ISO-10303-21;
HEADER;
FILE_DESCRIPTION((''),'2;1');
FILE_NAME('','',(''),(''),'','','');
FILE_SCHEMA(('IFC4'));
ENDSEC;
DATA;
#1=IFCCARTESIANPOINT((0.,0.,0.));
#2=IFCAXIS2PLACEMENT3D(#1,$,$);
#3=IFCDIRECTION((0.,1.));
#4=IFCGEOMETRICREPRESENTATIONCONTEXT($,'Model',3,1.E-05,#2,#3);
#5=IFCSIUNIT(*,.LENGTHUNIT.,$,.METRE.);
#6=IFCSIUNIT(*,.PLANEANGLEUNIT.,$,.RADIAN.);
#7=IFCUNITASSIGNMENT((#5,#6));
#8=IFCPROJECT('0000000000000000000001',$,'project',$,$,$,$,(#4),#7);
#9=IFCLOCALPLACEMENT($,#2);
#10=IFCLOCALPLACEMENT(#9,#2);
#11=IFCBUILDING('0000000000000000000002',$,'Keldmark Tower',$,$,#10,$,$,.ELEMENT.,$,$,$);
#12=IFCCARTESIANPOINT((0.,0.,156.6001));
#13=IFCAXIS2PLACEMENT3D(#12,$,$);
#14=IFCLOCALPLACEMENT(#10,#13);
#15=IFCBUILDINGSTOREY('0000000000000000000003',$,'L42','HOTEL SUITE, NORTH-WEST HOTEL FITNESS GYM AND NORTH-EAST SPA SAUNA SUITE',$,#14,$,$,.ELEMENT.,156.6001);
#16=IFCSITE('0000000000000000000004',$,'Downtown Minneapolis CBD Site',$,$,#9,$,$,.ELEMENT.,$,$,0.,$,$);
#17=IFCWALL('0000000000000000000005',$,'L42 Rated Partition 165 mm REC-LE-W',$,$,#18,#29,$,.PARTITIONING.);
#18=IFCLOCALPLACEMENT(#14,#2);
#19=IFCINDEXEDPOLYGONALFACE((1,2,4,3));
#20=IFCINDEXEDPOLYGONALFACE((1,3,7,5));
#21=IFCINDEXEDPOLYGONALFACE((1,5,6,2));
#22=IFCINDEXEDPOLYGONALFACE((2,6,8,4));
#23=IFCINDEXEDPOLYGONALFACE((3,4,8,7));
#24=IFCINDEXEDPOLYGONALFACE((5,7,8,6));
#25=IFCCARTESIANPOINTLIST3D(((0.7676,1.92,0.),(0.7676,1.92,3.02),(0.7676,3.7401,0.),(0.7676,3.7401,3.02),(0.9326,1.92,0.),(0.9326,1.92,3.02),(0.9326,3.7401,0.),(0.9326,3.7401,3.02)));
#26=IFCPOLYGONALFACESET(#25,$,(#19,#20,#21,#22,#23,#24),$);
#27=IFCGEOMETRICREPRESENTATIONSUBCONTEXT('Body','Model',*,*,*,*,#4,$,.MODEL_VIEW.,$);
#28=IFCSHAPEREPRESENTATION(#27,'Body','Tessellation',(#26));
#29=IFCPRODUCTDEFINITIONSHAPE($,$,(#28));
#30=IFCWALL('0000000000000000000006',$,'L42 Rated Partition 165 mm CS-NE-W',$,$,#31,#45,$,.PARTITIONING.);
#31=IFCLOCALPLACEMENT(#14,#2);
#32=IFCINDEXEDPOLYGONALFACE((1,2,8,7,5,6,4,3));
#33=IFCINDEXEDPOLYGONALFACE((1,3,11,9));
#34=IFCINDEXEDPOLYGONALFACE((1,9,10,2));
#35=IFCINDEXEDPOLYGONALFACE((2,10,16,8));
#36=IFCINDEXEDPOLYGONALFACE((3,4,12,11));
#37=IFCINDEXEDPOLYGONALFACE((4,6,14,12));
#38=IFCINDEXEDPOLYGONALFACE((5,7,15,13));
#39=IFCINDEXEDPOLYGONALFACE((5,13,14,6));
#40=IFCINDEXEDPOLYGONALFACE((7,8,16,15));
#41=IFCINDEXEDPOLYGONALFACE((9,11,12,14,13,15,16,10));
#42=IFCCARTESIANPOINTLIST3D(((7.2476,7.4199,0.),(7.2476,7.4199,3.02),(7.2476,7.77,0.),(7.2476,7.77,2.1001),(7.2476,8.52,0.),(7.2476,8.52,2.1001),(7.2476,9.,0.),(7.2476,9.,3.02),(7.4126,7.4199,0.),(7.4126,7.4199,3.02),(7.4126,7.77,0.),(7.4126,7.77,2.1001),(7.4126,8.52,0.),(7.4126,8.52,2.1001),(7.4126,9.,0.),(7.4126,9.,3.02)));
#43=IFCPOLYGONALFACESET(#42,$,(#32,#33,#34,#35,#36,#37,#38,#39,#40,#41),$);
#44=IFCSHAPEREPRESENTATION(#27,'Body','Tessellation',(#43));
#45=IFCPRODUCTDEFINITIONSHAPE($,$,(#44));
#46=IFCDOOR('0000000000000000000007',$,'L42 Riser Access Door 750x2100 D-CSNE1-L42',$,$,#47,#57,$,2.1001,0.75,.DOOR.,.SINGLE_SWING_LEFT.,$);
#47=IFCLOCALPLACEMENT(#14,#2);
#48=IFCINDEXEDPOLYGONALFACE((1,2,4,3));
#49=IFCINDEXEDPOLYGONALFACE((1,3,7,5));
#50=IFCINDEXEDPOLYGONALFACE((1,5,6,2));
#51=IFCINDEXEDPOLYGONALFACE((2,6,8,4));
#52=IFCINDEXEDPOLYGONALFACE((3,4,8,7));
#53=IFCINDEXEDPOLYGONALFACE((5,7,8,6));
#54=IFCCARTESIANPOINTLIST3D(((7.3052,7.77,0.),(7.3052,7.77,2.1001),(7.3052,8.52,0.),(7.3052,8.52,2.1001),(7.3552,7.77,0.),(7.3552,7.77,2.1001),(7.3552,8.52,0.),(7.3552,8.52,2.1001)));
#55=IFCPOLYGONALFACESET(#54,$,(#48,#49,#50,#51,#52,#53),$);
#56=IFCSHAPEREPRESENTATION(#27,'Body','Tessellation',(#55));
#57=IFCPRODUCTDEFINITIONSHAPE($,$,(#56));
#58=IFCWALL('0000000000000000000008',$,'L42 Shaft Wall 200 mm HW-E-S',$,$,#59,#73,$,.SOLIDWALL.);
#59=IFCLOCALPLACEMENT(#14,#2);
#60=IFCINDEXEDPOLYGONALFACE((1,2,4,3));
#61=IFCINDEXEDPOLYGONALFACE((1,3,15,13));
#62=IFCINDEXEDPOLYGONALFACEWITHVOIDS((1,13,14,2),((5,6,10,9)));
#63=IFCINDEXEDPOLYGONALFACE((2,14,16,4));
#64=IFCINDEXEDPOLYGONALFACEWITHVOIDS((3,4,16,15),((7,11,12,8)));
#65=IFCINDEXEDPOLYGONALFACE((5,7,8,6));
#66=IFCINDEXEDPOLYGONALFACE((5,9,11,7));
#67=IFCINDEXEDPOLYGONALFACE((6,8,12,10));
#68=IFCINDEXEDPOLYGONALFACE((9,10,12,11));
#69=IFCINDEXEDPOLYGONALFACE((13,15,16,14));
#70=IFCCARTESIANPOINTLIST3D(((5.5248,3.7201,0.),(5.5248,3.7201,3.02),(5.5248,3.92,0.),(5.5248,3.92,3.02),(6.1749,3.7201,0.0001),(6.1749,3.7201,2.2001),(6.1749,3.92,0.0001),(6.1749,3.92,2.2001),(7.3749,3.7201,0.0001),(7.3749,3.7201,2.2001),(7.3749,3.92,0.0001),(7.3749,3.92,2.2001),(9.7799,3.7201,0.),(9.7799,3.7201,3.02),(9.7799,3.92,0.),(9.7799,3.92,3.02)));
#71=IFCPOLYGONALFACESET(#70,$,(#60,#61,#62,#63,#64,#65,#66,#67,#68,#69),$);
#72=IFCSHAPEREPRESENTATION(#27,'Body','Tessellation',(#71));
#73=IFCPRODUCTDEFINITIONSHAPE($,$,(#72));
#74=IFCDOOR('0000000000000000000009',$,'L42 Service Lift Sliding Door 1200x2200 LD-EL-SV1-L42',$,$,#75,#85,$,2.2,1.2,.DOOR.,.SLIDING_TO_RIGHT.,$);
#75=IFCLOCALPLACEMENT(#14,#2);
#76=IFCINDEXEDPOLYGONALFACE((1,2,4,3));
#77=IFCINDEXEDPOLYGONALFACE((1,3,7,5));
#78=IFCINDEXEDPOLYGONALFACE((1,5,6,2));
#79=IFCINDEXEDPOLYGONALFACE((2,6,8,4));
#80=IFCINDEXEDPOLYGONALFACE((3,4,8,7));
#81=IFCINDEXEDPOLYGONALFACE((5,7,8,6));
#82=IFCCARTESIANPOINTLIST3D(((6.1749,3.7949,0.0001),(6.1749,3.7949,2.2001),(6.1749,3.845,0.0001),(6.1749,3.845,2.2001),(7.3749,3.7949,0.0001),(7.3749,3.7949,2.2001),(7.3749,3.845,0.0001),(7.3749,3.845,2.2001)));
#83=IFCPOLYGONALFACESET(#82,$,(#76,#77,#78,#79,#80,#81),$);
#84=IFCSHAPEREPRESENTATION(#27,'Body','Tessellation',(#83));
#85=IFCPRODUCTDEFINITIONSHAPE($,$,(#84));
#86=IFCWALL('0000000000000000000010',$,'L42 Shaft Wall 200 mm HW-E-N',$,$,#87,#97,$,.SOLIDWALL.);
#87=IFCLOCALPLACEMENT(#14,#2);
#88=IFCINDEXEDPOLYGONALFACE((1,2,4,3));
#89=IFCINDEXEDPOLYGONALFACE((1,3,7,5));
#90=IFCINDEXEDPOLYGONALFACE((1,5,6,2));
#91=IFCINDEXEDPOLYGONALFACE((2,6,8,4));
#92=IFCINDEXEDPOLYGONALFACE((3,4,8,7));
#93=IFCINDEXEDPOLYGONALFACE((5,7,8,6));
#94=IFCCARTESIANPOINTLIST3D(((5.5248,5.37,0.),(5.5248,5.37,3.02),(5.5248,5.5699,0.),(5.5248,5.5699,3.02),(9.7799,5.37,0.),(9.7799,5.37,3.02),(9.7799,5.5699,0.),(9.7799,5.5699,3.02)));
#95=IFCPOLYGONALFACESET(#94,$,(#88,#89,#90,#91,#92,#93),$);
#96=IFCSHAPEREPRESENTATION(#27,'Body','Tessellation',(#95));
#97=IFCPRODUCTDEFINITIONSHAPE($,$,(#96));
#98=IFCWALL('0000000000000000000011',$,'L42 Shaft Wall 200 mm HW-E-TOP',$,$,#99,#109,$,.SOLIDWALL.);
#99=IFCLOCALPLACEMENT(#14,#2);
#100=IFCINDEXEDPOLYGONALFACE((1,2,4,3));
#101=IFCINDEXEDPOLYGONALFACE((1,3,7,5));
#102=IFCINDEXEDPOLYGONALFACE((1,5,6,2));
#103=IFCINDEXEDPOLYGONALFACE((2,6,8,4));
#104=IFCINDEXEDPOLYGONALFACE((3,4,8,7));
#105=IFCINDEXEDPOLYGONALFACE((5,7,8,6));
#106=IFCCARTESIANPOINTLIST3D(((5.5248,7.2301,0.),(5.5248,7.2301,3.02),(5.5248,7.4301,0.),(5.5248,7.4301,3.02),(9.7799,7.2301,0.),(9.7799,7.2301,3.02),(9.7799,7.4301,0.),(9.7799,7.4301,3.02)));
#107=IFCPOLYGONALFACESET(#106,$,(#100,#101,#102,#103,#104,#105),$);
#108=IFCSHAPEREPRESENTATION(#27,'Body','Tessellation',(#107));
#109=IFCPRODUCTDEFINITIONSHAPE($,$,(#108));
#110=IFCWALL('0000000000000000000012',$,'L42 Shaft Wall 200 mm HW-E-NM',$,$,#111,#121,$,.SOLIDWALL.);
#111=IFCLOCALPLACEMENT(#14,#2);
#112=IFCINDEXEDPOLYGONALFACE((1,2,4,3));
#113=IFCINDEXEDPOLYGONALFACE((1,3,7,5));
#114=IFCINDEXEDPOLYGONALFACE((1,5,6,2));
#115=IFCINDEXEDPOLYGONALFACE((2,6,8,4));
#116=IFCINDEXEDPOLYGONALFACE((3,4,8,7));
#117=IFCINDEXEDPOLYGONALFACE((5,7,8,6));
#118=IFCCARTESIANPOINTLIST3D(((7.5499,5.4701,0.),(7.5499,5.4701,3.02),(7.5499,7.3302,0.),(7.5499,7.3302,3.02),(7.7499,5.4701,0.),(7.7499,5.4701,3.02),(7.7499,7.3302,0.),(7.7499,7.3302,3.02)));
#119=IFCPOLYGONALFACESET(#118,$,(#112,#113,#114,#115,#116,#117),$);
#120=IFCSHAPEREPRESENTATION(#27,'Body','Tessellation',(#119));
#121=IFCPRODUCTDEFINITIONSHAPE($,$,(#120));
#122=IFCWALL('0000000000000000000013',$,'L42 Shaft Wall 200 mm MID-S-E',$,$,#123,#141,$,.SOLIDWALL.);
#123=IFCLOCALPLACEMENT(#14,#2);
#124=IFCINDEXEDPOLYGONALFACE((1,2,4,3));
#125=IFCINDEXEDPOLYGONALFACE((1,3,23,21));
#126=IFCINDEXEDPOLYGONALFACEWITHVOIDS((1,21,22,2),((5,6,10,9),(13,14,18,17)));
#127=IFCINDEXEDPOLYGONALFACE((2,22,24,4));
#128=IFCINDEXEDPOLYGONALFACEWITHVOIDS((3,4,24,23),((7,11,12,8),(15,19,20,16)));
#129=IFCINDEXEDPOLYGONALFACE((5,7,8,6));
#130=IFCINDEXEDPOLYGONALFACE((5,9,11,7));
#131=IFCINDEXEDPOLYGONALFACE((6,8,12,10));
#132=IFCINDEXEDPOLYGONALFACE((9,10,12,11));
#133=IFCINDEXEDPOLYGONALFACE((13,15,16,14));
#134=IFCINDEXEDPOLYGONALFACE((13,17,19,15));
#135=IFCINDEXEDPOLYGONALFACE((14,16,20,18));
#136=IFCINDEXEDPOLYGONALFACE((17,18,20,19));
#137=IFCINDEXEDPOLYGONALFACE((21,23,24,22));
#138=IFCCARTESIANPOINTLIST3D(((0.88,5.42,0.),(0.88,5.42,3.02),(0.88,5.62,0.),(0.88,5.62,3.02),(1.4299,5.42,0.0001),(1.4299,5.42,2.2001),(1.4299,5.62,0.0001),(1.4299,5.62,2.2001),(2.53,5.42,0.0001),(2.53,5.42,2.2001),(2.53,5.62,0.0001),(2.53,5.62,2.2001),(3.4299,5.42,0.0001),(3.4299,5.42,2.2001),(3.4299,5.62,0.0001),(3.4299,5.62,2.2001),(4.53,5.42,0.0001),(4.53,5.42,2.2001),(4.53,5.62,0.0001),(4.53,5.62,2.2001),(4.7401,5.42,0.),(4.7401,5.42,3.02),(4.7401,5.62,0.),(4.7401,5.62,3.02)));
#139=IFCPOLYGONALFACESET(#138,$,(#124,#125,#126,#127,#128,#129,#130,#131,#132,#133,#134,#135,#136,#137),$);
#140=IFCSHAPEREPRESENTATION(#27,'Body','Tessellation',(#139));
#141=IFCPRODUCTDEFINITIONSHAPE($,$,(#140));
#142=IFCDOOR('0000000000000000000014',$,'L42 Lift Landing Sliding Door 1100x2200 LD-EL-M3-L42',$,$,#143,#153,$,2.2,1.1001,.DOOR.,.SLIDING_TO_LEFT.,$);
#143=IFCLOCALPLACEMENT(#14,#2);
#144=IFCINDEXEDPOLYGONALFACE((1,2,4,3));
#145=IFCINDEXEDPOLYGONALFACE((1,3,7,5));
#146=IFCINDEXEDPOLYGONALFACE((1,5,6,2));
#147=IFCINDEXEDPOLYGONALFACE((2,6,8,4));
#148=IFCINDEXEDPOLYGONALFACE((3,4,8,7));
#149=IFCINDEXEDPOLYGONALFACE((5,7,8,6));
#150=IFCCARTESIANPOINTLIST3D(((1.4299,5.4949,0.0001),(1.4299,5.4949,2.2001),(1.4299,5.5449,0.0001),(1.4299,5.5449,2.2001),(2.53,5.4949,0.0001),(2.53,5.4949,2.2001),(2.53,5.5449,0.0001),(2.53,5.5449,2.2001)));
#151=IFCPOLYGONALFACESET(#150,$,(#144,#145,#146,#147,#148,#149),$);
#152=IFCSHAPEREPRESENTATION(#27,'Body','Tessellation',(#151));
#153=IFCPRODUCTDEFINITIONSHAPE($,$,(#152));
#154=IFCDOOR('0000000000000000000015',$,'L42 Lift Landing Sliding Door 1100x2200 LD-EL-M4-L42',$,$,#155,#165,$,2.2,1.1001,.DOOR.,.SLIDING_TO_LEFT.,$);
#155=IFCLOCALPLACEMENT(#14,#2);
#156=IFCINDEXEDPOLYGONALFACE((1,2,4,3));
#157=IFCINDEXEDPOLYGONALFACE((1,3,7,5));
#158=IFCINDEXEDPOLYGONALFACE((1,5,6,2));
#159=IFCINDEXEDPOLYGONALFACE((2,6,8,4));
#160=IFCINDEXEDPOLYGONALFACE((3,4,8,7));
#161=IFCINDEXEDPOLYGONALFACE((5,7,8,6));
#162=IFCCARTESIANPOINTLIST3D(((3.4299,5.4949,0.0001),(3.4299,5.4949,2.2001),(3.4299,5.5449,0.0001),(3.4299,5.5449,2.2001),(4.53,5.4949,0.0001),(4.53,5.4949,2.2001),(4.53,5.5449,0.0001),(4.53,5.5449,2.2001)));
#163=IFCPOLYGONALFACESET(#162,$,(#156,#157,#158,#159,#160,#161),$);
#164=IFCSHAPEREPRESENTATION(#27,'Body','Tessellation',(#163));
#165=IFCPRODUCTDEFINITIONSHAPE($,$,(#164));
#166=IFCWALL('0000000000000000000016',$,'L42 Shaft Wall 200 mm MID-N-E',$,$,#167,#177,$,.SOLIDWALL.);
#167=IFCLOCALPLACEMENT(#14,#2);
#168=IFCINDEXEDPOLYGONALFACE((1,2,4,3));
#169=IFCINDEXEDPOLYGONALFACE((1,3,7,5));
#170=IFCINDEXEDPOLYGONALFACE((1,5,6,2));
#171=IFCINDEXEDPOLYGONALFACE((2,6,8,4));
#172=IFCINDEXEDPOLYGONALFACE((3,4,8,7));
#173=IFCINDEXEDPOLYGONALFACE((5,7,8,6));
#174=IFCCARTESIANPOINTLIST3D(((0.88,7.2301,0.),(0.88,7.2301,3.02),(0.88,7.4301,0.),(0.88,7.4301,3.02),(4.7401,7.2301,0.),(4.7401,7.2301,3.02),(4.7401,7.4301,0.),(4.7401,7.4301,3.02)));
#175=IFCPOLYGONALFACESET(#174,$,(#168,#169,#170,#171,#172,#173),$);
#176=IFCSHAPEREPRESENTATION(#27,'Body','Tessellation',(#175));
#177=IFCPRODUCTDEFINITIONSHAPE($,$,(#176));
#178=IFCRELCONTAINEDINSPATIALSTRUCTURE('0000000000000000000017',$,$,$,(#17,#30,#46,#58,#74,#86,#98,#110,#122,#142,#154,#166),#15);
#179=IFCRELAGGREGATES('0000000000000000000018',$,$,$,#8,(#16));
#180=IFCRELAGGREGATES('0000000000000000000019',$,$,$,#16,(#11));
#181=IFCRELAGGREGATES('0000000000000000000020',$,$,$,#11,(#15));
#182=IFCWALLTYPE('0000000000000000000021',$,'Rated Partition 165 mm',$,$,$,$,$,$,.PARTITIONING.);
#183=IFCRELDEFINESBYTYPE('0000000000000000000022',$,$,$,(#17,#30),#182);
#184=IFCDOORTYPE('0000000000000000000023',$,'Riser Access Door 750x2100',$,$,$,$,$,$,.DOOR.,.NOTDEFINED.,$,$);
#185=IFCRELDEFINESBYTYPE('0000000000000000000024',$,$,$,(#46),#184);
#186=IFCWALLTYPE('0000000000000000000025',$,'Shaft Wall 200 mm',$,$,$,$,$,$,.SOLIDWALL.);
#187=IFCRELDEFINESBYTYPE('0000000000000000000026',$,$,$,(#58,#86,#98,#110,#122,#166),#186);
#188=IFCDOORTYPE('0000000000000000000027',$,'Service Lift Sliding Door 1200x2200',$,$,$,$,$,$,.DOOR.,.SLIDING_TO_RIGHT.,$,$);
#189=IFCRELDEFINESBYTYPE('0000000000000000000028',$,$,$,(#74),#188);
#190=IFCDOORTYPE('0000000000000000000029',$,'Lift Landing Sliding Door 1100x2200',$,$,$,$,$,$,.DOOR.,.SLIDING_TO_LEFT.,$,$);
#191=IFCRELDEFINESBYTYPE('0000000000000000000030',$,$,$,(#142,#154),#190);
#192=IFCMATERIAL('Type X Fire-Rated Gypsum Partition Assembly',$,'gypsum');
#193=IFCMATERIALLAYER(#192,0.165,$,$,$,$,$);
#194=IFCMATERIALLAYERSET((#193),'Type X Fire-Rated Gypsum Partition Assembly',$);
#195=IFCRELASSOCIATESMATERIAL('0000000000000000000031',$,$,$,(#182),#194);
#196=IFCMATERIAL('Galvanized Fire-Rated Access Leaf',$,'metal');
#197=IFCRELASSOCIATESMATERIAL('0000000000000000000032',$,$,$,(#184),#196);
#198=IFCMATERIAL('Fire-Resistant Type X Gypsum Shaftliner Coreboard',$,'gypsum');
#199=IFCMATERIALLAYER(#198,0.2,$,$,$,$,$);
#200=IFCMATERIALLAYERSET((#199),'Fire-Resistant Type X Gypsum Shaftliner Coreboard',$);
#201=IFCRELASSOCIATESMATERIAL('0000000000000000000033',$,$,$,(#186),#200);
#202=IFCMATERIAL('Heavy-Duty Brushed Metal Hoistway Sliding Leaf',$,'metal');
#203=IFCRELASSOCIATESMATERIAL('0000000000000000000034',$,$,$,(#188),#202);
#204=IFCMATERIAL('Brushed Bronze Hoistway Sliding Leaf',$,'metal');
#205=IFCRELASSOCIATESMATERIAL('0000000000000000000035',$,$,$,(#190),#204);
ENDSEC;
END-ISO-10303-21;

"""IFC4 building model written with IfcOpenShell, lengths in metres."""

from ifc_helpers import new_model, si_unit, direction, frame, frame_2d, origin, place, context, subcontext, project, spatial, rectangle, extrude, material, layer, layer_set, type_object, element, fill, save


model = new_model("IFC4")

# Units and contexts
model_context = context("Model", 3, precision=1e-05, world=origin(), true_north=direction((0.0, 1.0)))
body_context = subcontext(model_context, "Body", "Model", "MODEL_VIEW")
ifc_project = project(units=[si_unit("LENGTHUNIT", "METRE"), si_unit("PLANEANGLEUNIT", "RADIAN")], contexts=[model_context])

# Site, building, storey
site_placement = place(None, origin())
site = spatial("IfcSite", under=ifc_project, at=site_placement, Name="Downtown Minneapolis CBD Site", CompositionType="ELEMENT", RefElevation=0.0)
building_placement = place(site_placement, origin())
building = spatial("IfcBuilding", under=site, at=building_placement, Name="Keldmark Tower", CompositionType="ELEMENT")
storey_placement = place(building_placement, frame((0.0, 0.0, 156.6001)))
storey = spatial("IfcBuildingStorey", under=building, at=storey_placement, Name="L42", Description="HOTEL SUITE, NORTH-WEST HOTEL FITNESS GYM AND NORTH-EAST SPA SAUNA SUITE", CompositionType="ELEMENT", Elevation=156.6001)

# Shared definitions
ifc_material_1 = material(Name="Type X Fire-Rated Gypsum Partition Assembly", Category="gypsum")
ifc_layer_1 = layer(ifc_material_1, 0.165)
ifc_layer_set_1 = layer_set([ifc_layer_1], Name="Type X Fire-Rated Gypsum Partition Assembly")
wall_type_1 = type_object("IfcWallType", Name="Rated Partition 165 mm", PredefinedType="PARTITIONING", material=ifc_layer_set_1)

# Wall
wall_1_placement = place(storey_placement, frame((0.8501, 1.9199, 0.0), z_axis=(0.0, 0.0, 1.0), x_axis=(0.0, 1.0, 0.0)))
element("IfcWall", 1, at=wall_1_placement, inside=storey, type_object=wall_type_1, Name="L42 Rated Partition 165 mm REC-LE-W", PredefinedType="PARTITIONING", context=body_context, shape_type="SweptSolid", body=[
    extrude(rectangle(XDim=1.8201, YDim=0.165, at=frame_2d((0.9102, 0.0))), origin(), (0.0, 0.0, 1.0), 3.02),
])

# Walls, openings, doors
wall_2_placement = place(storey_placement, frame((7.3301, 7.4199, 0.0), z_axis=(0.0, 0.0, 1.0), x_axis=(0.0, 1.0, 0.0)))
wall_2 = element("IfcWall", 2, at=wall_2_placement, inside=storey, type_object=wall_type_1, Name="L42 Rated Partition 165 mm CS-NE-W", PredefinedType="PARTITIONING", context=body_context, shape_type="SweptSolid", body=[
    extrude(rectangle(XDim=1.5801, YDim=0.165, at=frame_2d((0.79, 0.0))), origin(), (0.0, 0.0, 1.0), 3.02),
])
opening_1_placement = place(wall_2_placement, frame((0.3501, 0.0, 0.0)))
opening_1 = element("IfcOpeningElement", 3, at=opening_1_placement, cuts=wall_2, PredefinedType="OPENING", context=body_context, shape_type="SweptSolid", body=[
    extrude(rectangle(XDim=0.75, YDim=2.1001, at=frame_2d((0.375, 1.05))), frame((0.0, 0.0925, 0.0), z_axis=(0.0, -1.0, 0.0), x_axis=(1.0, 0.0, 0.0)), (0.0, 0.0, 1.0), 0.1851),
])
ifc_material_2 = material(Name="Galvanized Fire-Rated Access Leaf", Category="metal")
door_type_1 = type_object("IfcDoorType", Name="Riser Access Door 750x2100", OperationType="NOTDEFINED", PredefinedType="DOOR", material=ifc_material_2)
door_1_placement = place(opening_1_placement, origin())
door_1 = element("IfcDoor", 4, at=door_1_placement, inside=storey, type_object=door_type_1, Name="L42 Riser Access Door 750x2100 D-CSNE1-L42", OperationType="SINGLE_SWING_LEFT", OverallHeight=2.1001, OverallWidth=0.75, PredefinedType="DOOR", context=body_context, shape_type="SweptSolid", body=[
    extrude(rectangle(XDim=0.75, YDim=2.1001, at=frame_2d((0.375, 1.05))), frame((0.0, 0.0249, 0.0), z_axis=(0.0, -1.0, 0.0), x_axis=(1.0, 0.0, 0.0)), (0.0, 0.0, 1.0), 0.05),
])
fill(opening_1, door_1)
ifc_material_3 = material(Name="Fire-Resistant Type X Gypsum Shaftliner Coreboard", Category="gypsum")
ifc_layer_2 = layer(ifc_material_3, 0.2)
ifc_layer_set_2 = layer_set([ifc_layer_2], Name="Fire-Resistant Type X Gypsum Shaftliner Coreboard")
wall_type_2 = type_object("IfcWallType", Name="Shaft Wall 200 mm", PredefinedType="SOLIDWALL", material=ifc_layer_set_2)
wall_3_placement = place(storey_placement, frame((5.5249, 3.8201, 0.0), z_axis=(0.0, 0.0, 1.0), x_axis=(1.0, 0.0, 0.0)))
wall_3 = element("IfcWall", 5, at=wall_3_placement, inside=storey, type_object=wall_type_2, Name="L42 Shaft Wall 200 mm HW-E-S", PredefinedType="SOLIDWALL", context=body_context, shape_type="SweptSolid", body=[
    extrude(rectangle(XDim=4.2551, YDim=0.2, at=frame_2d((2.1274, 0.0))), origin(), (0.0, 0.0, 1.0), 3.02),
])
opening_2_placement = place(wall_3_placement, frame((0.6499, 0.0, 0.0)))
opening_2 = element("IfcOpeningElement", 6, at=opening_2_placement, cuts=wall_3, PredefinedType="OPENING", context=body_context, shape_type="SweptSolid", body=[
    extrude(rectangle(XDim=1.2, YDim=2.2, at=frame_2d((0.6001, 1.1001))), frame((0.0, 0.1099, 0.0), z_axis=(0.0, -1.0, 0.0), x_axis=(1.0, 0.0, 0.0)), (0.0, 0.0, 1.0), 0.22),
])
ifc_material_4 = material(Name="Heavy-Duty Brushed Metal Hoistway Sliding Leaf", Category="metal")
door_type_2 = type_object("IfcDoorType", Name="Service Lift Sliding Door 1200x2200", OperationType="SLIDING_TO_RIGHT", PredefinedType="DOOR", material=ifc_material_4)
door_2_placement = place(opening_2_placement, origin())
door_2 = element("IfcDoor", 7, at=door_2_placement, inside=storey, type_object=door_type_2, Name="L42 Service Lift Sliding Door 1200x2200 LD-EL-SV1-L42", OperationType="SLIDING_TO_RIGHT", OverallHeight=2.2, OverallWidth=1.2, PredefinedType="DOOR", context=body_context, shape_type="SweptSolid", body=[
    extrude(rectangle(XDim=1.2, YDim=2.2, at=frame_2d((0.6001, 1.1001))), frame((0.0, 0.0249, 0.0), z_axis=(0.0, -1.0, 0.0), x_axis=(1.0, 0.0, 0.0)), (0.0, 0.0, 1.0), 0.05),
])
fill(opening_2, door_2)

# Walls
for number, where, z_axis, x_axis, name in (
    (8, (5.5249, 5.47, 0.0), (0.0, 0.0, 1.0), (1.0, 0.0, 0.0), "L42 Shaft Wall 200 mm HW-E-N"),
    (9, (5.5249, 7.3301, 0.0), (0.0, 0.0, 1.0), (1.0, 0.0, 0.0), "L42 Shaft Wall 200 mm HW-E-TOP"),
):
    element("IfcWall", number, at=place(storey_placement, frame(where, z_axis=z_axis, x_axis=x_axis)), inside=storey, type_object=wall_type_2, Name=name, PredefinedType="SOLIDWALL", context=body_context, shape_type="SweptSolid", body=[
        extrude(rectangle(XDim=4.2551, YDim=0.2, at=frame_2d((2.1274, 0.0))), origin(), (0.0, 0.0, 1.0), 3.02),
    ])
wall_4_placement = place(storey_placement, frame((7.6499, 5.47, 0.0), z_axis=(0.0, 0.0, 1.0), x_axis=(0.0, 1.0, 0.0)))
element("IfcWall", 10, at=wall_4_placement, inside=storey, type_object=wall_type_2, Name="L42 Shaft Wall 200 mm HW-E-NM", PredefinedType="SOLIDWALL", context=body_context, shape_type="SweptSolid", body=[
    extrude(rectangle(XDim=1.8601, YDim=0.2, at=frame_2d((0.9302, 0.0))), origin(), (0.0, 0.0, 1.0), 3.02),
])

# Wall, openings, doors
wall_5_placement = place(storey_placement, frame((0.8799, 5.52, 0.0), z_axis=(0.0, 0.0, 1.0), x_axis=(1.0, 0.0, 0.0)))
wall_5 = element("IfcWall", 11, at=wall_5_placement, inside=storey, type_object=wall_type_2, Name="L42 Shaft Wall 200 mm MID-S-E", PredefinedType="SOLIDWALL", context=body_context, shape_type="SweptSolid", body=[
    extrude(rectangle(XDim=3.8601, YDim=0.2, at=frame_2d((1.9302, 0.0))), origin(), (0.0, 0.0, 1.0), 3.02),
])
opening_3_placement = place(wall_5_placement, frame((0.55, 0.0, 0.0)))
opening_3 = element("IfcOpeningElement", 12, at=opening_3_placement, cuts=wall_5, PredefinedType="OPENING", context=body_context, shape_type="SweptSolid", body=[
    extrude(rectangle(XDim=1.1001, YDim=2.2, at=frame_2d((0.55, 1.1001))), frame((0.0, 0.1099, 0.0), z_axis=(0.0, -1.0, 0.0), x_axis=(1.0, 0.0, 0.0)), (0.0, 0.0, 1.0), 0.22),
])
opening_4_placement = place(wall_5_placement, frame((2.55, 0.0, 0.0)))
opening_4 = element("IfcOpeningElement", 13, at=opening_4_placement, cuts=wall_5, PredefinedType="OPENING", context=body_context, shape_type="SweptSolid", body=[
    extrude(rectangle(XDim=1.1001, YDim=2.2, at=frame_2d((0.55, 1.1001))), frame((0.0, 0.1099, 0.0), z_axis=(0.0, -1.0, 0.0), x_axis=(1.0, 0.0, 0.0)), (0.0, 0.0, 1.0), 0.22),
])
ifc_material_5 = material(Name="Brushed Bronze Hoistway Sliding Leaf", Category="metal")
door_type_3 = type_object("IfcDoorType", Name="Lift Landing Sliding Door 1100x2200", OperationType="SLIDING_TO_LEFT", PredefinedType="DOOR", material=ifc_material_5)
door_3_placement = place(opening_3_placement, origin())
door_3 = element("IfcDoor", 14, at=door_3_placement, inside=storey, type_object=door_type_3, Name="L42 Lift Landing Sliding Door 1100x2200 LD-EL-M3-L42", OperationType="SLIDING_TO_LEFT", OverallHeight=2.2, OverallWidth=1.1001, PredefinedType="DOOR", context=body_context, shape_type="SweptSolid", body=[
    extrude(rectangle(XDim=1.1001, YDim=2.2, at=frame_2d((0.55, 1.1001))), frame((0.0, 0.0249, 0.0), z_axis=(0.0, -1.0, 0.0), x_axis=(1.0, 0.0, 0.0)), (0.0, 0.0, 1.0), 0.05),
])
fill(opening_3, door_3)
door_4_placement = place(opening_4_placement, origin())
door_4 = element("IfcDoor", 15, at=door_4_placement, inside=storey, type_object=door_type_3, Name="L42 Lift Landing Sliding Door 1100x2200 LD-EL-M4-L42", OperationType="SLIDING_TO_LEFT", OverallHeight=2.2, OverallWidth=1.1001, PredefinedType="DOOR", context=body_context, shape_type="SweptSolid", body=[
    extrude(rectangle(XDim=1.1001, YDim=2.2, at=frame_2d((0.55, 1.1001))), frame((0.0, 0.0249, 0.0), z_axis=(0.0, -1.0, 0.0), x_axis=(1.0, 0.0, 0.0)), (0.0, 0.0, 1.0), 0.05),
])
fill(opening_4, door_4)

# Wall
wall_6_placement = place(storey_placement, frame((0.8799, 7.3301, 0.0), z_axis=(0.0, 0.0, 1.0), x_axis=(1.0, 0.0, 0.0)))
element("IfcWall", 16, at=wall_6_placement, inside=storey, type_object=wall_type_2, Name="L42 Shaft Wall 200 mm MID-N-E", PredefinedType="SOLIDWALL", context=body_context, shape_type="SweptSolid", body=[
    extrude(rectangle(XDim=3.8601, YDim=0.2, at=frame_2d((1.9302, 0.0))), origin(), (0.0, 0.0, 1.0), 3.02),
])

save(model, "model.ifc")
